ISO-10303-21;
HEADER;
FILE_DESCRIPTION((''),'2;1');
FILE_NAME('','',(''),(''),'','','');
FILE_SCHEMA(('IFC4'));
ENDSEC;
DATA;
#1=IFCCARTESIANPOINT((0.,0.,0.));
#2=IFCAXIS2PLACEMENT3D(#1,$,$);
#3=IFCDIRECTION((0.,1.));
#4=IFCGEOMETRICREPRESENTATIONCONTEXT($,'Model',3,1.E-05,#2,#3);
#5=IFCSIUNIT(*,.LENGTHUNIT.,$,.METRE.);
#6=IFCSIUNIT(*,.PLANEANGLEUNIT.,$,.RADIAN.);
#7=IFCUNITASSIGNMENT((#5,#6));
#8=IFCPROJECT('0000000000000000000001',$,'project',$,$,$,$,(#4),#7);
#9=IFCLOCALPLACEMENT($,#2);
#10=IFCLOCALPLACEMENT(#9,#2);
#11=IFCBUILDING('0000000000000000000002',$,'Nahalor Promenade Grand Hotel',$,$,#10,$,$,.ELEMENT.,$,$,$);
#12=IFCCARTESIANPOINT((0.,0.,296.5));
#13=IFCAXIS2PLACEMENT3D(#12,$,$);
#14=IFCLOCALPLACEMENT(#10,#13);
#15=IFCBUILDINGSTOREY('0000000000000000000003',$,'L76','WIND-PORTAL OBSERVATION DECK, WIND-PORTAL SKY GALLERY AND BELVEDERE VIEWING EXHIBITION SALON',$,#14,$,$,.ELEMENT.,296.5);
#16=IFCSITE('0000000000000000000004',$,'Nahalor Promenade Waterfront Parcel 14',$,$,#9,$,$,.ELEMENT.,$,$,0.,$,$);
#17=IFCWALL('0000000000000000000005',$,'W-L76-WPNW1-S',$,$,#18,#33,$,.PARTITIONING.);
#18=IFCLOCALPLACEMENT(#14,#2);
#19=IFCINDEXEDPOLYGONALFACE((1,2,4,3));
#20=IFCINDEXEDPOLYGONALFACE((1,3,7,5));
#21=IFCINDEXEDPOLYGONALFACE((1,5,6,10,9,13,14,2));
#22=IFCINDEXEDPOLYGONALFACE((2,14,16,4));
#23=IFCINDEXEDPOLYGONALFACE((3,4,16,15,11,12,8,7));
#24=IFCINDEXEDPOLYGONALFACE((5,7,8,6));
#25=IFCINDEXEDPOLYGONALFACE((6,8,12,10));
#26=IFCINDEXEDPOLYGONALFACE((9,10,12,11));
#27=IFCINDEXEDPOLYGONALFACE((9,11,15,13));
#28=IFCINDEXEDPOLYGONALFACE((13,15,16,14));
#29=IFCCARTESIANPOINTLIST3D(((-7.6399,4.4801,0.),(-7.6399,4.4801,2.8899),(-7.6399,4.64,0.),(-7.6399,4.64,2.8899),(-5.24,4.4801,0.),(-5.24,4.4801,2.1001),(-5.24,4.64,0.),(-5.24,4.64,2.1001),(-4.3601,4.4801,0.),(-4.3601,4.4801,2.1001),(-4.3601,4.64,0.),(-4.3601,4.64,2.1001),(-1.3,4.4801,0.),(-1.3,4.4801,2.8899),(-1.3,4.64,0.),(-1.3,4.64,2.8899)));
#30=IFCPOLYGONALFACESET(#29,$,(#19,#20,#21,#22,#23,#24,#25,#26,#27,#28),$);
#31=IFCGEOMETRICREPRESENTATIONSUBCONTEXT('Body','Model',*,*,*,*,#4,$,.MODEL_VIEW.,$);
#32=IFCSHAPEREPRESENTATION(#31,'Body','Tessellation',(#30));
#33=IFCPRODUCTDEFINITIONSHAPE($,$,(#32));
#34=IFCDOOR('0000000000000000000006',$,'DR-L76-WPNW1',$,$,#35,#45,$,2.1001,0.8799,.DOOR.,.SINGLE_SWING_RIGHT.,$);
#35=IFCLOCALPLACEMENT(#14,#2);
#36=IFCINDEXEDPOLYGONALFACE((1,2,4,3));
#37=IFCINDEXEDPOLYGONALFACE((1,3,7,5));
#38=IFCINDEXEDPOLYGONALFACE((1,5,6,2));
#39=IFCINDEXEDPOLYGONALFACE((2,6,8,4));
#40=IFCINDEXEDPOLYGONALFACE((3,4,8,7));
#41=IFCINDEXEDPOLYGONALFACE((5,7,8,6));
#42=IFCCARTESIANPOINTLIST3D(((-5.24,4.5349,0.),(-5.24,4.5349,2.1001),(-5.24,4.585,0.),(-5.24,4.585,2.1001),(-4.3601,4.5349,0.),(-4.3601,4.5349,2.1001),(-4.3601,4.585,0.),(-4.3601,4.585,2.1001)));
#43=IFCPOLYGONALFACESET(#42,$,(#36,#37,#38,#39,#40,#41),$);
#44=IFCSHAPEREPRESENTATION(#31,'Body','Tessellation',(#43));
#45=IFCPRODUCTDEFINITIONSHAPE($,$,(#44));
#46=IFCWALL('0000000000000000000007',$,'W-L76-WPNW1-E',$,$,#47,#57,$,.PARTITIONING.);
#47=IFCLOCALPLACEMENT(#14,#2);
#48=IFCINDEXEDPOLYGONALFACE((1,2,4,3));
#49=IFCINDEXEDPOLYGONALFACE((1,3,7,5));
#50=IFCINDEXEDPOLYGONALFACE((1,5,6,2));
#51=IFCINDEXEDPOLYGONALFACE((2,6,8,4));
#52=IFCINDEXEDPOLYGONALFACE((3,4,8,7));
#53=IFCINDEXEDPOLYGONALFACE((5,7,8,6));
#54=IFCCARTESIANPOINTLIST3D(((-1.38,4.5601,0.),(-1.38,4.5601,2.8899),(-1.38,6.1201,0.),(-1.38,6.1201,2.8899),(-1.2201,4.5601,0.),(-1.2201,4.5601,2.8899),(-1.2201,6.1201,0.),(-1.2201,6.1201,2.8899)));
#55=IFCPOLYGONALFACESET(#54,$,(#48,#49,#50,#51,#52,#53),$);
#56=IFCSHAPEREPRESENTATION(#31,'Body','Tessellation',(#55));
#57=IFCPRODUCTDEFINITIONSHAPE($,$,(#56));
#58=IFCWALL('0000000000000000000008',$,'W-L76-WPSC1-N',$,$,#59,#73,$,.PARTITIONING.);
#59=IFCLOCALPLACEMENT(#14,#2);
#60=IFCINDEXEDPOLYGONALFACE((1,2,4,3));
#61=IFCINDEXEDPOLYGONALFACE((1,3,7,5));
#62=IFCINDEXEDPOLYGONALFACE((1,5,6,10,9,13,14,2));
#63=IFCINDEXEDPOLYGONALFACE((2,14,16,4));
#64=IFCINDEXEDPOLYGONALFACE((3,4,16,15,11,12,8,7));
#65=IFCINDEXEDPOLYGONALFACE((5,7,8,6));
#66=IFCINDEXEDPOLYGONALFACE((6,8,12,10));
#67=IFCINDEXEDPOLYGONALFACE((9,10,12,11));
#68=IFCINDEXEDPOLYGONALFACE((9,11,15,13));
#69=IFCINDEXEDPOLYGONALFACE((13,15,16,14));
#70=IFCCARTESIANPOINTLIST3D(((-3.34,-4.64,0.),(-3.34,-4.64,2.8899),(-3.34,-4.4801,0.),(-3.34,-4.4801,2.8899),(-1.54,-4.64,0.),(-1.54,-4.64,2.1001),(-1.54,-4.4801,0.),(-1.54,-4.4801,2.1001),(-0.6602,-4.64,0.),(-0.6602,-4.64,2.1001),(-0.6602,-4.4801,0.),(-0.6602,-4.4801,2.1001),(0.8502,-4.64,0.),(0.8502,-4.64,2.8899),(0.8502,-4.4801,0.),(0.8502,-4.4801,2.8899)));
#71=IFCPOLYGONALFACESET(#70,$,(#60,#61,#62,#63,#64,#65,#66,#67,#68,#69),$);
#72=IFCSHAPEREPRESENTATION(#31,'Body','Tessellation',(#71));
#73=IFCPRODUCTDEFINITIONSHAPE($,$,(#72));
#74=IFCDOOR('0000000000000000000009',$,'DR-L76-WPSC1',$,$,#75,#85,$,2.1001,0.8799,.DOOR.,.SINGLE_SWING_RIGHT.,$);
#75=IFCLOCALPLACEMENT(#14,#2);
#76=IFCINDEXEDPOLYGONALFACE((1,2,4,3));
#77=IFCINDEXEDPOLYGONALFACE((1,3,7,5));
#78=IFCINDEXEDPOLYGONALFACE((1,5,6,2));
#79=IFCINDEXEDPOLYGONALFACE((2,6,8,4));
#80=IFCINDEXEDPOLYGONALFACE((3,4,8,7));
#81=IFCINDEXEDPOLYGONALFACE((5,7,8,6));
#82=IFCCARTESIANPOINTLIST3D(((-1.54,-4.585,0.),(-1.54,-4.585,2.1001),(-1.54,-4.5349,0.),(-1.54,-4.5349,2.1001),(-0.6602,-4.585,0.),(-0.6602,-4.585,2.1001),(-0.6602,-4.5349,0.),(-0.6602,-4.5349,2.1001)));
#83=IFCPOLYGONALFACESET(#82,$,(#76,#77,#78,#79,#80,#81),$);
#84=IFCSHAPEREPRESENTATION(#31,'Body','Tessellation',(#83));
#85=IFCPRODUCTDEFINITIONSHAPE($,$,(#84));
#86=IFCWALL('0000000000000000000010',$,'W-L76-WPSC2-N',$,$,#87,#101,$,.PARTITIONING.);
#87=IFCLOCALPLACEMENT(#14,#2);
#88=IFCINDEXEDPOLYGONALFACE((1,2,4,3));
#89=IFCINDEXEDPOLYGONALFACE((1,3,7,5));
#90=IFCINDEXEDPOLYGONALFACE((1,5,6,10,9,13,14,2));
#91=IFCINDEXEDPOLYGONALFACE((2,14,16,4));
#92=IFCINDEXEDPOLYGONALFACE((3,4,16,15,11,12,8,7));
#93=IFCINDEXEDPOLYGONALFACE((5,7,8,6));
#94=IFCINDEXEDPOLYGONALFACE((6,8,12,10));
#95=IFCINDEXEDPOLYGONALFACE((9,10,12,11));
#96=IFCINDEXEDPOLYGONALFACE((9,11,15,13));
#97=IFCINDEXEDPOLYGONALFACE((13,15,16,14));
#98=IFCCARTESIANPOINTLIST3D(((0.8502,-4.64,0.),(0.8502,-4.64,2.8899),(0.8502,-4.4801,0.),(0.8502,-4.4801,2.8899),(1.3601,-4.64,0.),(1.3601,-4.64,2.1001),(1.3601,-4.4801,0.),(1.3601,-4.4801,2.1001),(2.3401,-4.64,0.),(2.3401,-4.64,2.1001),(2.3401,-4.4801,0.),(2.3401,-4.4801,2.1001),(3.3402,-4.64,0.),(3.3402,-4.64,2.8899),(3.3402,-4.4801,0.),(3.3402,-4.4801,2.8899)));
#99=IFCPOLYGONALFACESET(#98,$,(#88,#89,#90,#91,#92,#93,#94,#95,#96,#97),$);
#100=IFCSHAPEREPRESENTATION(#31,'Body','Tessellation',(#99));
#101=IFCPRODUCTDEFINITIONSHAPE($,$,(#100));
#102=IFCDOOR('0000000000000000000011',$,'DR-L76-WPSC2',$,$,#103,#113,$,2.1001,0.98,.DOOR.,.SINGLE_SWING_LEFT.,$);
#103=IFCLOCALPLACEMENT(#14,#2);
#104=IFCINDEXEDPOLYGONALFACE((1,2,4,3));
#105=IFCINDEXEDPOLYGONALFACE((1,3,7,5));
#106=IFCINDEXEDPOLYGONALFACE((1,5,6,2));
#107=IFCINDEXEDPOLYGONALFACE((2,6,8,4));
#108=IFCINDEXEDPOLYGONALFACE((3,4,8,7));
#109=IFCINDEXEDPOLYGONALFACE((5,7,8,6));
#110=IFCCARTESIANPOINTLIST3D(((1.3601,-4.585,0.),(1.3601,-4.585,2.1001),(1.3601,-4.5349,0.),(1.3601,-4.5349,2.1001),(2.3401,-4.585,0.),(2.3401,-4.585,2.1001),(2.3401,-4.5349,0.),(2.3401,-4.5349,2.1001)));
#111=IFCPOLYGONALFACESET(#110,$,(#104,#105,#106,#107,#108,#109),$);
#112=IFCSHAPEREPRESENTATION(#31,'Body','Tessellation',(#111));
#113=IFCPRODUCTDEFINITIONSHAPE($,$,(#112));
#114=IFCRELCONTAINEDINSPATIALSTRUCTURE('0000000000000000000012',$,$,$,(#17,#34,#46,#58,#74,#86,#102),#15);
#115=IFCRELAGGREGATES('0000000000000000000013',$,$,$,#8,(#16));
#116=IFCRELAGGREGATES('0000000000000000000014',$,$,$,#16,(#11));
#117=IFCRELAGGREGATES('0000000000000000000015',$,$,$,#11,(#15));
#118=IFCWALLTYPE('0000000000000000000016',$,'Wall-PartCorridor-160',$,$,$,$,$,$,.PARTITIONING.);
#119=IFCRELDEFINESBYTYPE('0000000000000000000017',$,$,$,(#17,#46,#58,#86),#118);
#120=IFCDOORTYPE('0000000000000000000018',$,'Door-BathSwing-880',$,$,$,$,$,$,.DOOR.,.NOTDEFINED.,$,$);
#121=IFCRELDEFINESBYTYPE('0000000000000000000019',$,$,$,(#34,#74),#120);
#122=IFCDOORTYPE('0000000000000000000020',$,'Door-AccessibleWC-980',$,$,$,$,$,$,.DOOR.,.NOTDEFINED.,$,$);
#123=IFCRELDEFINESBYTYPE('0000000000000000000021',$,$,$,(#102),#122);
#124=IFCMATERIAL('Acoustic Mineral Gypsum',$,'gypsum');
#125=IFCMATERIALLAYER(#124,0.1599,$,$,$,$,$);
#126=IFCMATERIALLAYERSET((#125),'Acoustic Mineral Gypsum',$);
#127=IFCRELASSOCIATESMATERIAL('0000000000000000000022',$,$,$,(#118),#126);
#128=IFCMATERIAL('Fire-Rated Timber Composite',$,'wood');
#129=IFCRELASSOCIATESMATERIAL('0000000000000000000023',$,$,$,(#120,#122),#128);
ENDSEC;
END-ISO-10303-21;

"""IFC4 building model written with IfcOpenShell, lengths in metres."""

from ifc_helpers import new_model, si_unit, direction, frame, frame_2d, origin, place, context, subcontext, project, spatial, rectangle, extrude, source, transform, mapped, material, layer, layer_set, type_object, element, fill, save


model = new_model("IFC4")

# Units and contexts
model_context = context("Model", 3, precision=1e-05, world=origin(), true_north=direction((0.0, 1.0)))
body_context = subcontext(model_context, "Body", "Model", "MODEL_VIEW")
ifc_project = project(units=[si_unit("LENGTHUNIT", "METRE"), si_unit("PLANEANGLEUNIT", "RADIAN")], contexts=[model_context])

# Site, building, storey
site_placement = place(None, origin())
site = spatial("IfcSite", under=ifc_project, at=site_placement, Name="Nahalor Promenade Waterfront Parcel 14", CompositionType="ELEMENT", RefElevation=0.0)
building_placement = place(site_placement, origin())
building = spatial("IfcBuilding", under=site, at=building_placement, Name="Nahalor Promenade Grand Hotel", CompositionType="ELEMENT")
storey_placement = place(building_placement, frame((0.0, 0.0, 296.5)))
storey = spatial("IfcBuildingStorey", under=building, at=storey_placement, Name="L76", Description="WIND-PORTAL OBSERVATION DECK, WIND-PORTAL SKY GALLERY AND BELVEDERE VIEWING EXHIBITION SALON", CompositionType="ELEMENT", Elevation=296.5)

# Wall, opening, door
ifc_material_1 = material(Name="Acoustic Mineral Gypsum", Category="gypsum")
ifc_layer_1 = layer(ifc_material_1, 0.1599)
ifc_layer_set_1 = layer_set([ifc_layer_1], Name="Acoustic Mineral Gypsum")
wall_type_1 = type_object("IfcWallType", Name="Wall-PartCorridor-160", PredefinedType="PARTITIONING", material=ifc_layer_set_1)
shared_shape_1 = source(origin(), body_context, "Body", "SweptSolid", [
    extrude(rectangle(XDim=6.3398, YDim=0.1599, at=frame_2d((3.1699, 0.0))), origin(), (0.0, 0.0, 1.0), 2.8899),
])
wall_1_placement = place(storey_placement, frame((-7.6399, 4.5601, 0.0), z_axis=(0.0, 0.0, 1.0), x_axis=(1.0, 0.0, 0.0)))
wall_1 = element("IfcWall", 1, at=wall_1_placement, inside=storey, type_object=wall_type_1, Name="W-L76-WPNW1-S", PredefinedType="PARTITIONING", context=body_context, shape_type="MappedRepresentation", body=[
    mapped(shared_shape_1, transform((0.0, 0.0, 0.0), scale=1.0)),
])
opening_1_placement = place(wall_1_placement, frame((2.3999, 0.0, 0.0)))
opening_1 = element("IfcOpeningElement", 2, at=opening_1_placement, cuts=wall_1, PredefinedType="OPENING", context=body_context, shape_type="SweptSolid", body=[
    extrude(rectangle(XDim=0.8799, YDim=2.1001, at=frame_2d((0.4399, 1.05))), frame((0.0, 0.0898, 0.0), z_axis=(0.0, -1.0, 0.0), x_axis=(1.0, 0.0, 0.0)), (0.0, 0.0, 1.0), 0.1799),
])
ifc_material_2 = material(Name="Fire-Rated Timber Composite", Category="wood")
door_type_1 = type_object("IfcDoorType", Name="Door-BathSwing-880", OperationType="NOTDEFINED", PredefinedType="DOOR", material=ifc_material_2)
shared_shape_2 = source(origin(), body_context, "Body", "SweptSolid", [
    extrude(rectangle(XDim=0.8799, YDim=2.1001, at=frame_2d((0.4399, 1.05))), frame((0.0, 0.0249, 0.0), z_axis=(0.0, -1.0, 0.0), x_axis=(1.0, 0.0, 0.0)), (0.0, 0.0, 1.0), 0.05),
])
door_1_placement = place(opening_1_placement, origin())
door_1 = element("IfcDoor", 3, at=door_1_placement, inside=storey, type_object=door_type_1, Name="DR-L76-WPNW1", OperationType="SINGLE_SWING_RIGHT", OverallHeight=2.1001, OverallWidth=0.8799, PredefinedType="DOOR", context=body_context, shape_type="MappedRepresentation", body=[
    mapped(shared_shape_2, transform((0.0, 0.0, 0.0), scale=1.0)),
])
fill(opening_1, door_1)

# Wall
shared_shape_3 = source(origin(), body_context, "Body", "SweptSolid", [
    extrude(rectangle(XDim=1.5601, YDim=0.1599, at=frame_2d((0.78, 0.0))), origin(), (0.0, 0.0, 1.0), 2.8899),
])
wall_2_placement = place(storey_placement, frame((-1.3, 4.5601, 0.0), z_axis=(0.0, 0.0, 1.0), x_axis=(0.0, 1.0, 0.0)))
element("IfcWall", 4, at=wall_2_placement, inside=storey, type_object=wall_type_1, Name="W-L76-WPNW1-E", PredefinedType="PARTITIONING", context=body_context, shape_type="MappedRepresentation", body=[
    mapped(shared_shape_3, transform((0.0, 0.0, 0.0), scale=1.0)),
])

# Walls, openings, doors
shared_shape_4 = source(origin(), body_context, "Body", "SweptSolid", [
    extrude(rectangle(XDim=4.1902, YDim=0.1599, at=frame_2d((2.0952, 0.0))), origin(), (0.0, 0.0, 1.0), 2.8899),
])
wall_3_placement = place(storey_placement, frame((-3.3401, -4.5601, 0.0), z_axis=(0.0, 0.0, 1.0), x_axis=(1.0, 0.0, 0.0)))
wall_3 = element("IfcWall", 5, at=wall_3_placement, inside=storey, type_object=wall_type_1, Name="W-L76-WPSC1-N", PredefinedType="PARTITIONING", context=body_context, shape_type="MappedRepresentation", body=[
    mapped(shared_shape_4, transform((0.0, 0.0, 0.0), scale=1.0)),
])
opening_2_placement = place(wall_3_placement, frame((1.8, 0.0, 0.0)))
opening_2 = element("IfcOpeningElement", 6, at=opening_2_placement, cuts=wall_3, PredefinedType="OPENING", context=body_context, shape_type="SweptSolid", body=[
    extrude(rectangle(XDim=0.8799, YDim=2.1001, at=frame_2d((0.4399, 1.05))), frame((0.0, 0.0898, 0.0), z_axis=(0.0, -1.0, 0.0), x_axis=(1.0, 0.0, 0.0)), (0.0, 0.0, 1.0), 0.1799),
])
door_2_placement = place(opening_2_placement, frame((0.8799, 0.0, 0.0), z_axis=(0.0, 0.0, 1.0), x_axis=(-1.0, 0.0, 0.0)))
door_2 = element("IfcDoor", 7, at=door_2_placement, inside=storey, type_object=door_type_1, Name="DR-L76-WPSC1", OperationType="SINGLE_SWING_RIGHT", OverallHeight=2.1001, OverallWidth=0.8799, PredefinedType="DOOR", context=body_context, shape_type="MappedRepresentation", body=[
    mapped(shared_shape_2, transform((0.0, 0.0, 0.0), scale=1.0)),
])
fill(opening_2, door_2)
shared_shape_5 = source(origin(), body_context, "Body", "SweptSolid", [
    extrude(rectangle(XDim=2.49, YDim=0.1599, at=frame_2d((1.2451, 0.0))), origin(), (0.0, 0.0, 1.0), 2.8899),
])
wall_4_placement = place(storey_placement, frame((0.8501, -4.5601, 0.0), z_axis=(0.0, 0.0, 1.0), x_axis=(1.0, 0.0, 0.0)))
wall_4 = element("IfcWall", 8, at=wall_4_placement, inside=storey, type_object=wall_type_1, Name="W-L76-WPSC2-N", PredefinedType="PARTITIONING", context=body_context, shape_type="MappedRepresentation", body=[
    mapped(shared_shape_5, transform((0.0, 0.0, 0.0), scale=1.0)),
])
opening_3_placement = place(wall_4_placement, frame((0.51, 0.0, 0.0)))
opening_3 = element("IfcOpeningElement", 9, at=opening_3_placement, cuts=wall_4, PredefinedType="OPENING", context=body_context, shape_type="SweptSolid", body=[
    extrude(rectangle(XDim=0.98, YDim=2.1001, at=frame_2d((0.49, 1.05))), frame((0.0, 0.0898, 0.0), z_axis=(0.0, -1.0, 0.0), x_axis=(1.0, 0.0, 0.0)), (0.0, 0.0, 1.0), 0.1799),
])
door_type_2 = type_object("IfcDoorType", Name="Door-AccessibleWC-980", OperationType="NOTDEFINED", PredefinedType="DOOR", material=ifc_material_2)
shared_shape_6 = source(origin(), body_context, "Body", "SweptSolid", [
    extrude(rectangle(XDim=0.98, YDim=2.1001, at=frame_2d((0.49, 1.05))), frame((0.0, 0.0249, 0.0), z_axis=(0.0, -1.0, 0.0), x_axis=(1.0, 0.0, 0.0)), (0.0, 0.0, 1.0), 0.05),
])
door_3_placement = place(opening_3_placement, frame((0.98, 0.0, 0.0), z_axis=(0.0, 0.0, 1.0), x_axis=(-1.0, 0.0, 0.0)))
door_3 = element("IfcDoor", 10, at=door_3_placement, inside=storey, type_object=door_type_2, Name="DR-L76-WPSC2", OperationType="SINGLE_SWING_LEFT", OverallHeight=2.1001, OverallWidth=0.98, PredefinedType="DOOR", context=body_context, shape_type="MappedRepresentation", body=[
    mapped(shared_shape_6, transform((0.0, 0.0, 0.0), scale=1.0)),
])
fill(opening_3, door_3)

save(model, "model.ifc")
